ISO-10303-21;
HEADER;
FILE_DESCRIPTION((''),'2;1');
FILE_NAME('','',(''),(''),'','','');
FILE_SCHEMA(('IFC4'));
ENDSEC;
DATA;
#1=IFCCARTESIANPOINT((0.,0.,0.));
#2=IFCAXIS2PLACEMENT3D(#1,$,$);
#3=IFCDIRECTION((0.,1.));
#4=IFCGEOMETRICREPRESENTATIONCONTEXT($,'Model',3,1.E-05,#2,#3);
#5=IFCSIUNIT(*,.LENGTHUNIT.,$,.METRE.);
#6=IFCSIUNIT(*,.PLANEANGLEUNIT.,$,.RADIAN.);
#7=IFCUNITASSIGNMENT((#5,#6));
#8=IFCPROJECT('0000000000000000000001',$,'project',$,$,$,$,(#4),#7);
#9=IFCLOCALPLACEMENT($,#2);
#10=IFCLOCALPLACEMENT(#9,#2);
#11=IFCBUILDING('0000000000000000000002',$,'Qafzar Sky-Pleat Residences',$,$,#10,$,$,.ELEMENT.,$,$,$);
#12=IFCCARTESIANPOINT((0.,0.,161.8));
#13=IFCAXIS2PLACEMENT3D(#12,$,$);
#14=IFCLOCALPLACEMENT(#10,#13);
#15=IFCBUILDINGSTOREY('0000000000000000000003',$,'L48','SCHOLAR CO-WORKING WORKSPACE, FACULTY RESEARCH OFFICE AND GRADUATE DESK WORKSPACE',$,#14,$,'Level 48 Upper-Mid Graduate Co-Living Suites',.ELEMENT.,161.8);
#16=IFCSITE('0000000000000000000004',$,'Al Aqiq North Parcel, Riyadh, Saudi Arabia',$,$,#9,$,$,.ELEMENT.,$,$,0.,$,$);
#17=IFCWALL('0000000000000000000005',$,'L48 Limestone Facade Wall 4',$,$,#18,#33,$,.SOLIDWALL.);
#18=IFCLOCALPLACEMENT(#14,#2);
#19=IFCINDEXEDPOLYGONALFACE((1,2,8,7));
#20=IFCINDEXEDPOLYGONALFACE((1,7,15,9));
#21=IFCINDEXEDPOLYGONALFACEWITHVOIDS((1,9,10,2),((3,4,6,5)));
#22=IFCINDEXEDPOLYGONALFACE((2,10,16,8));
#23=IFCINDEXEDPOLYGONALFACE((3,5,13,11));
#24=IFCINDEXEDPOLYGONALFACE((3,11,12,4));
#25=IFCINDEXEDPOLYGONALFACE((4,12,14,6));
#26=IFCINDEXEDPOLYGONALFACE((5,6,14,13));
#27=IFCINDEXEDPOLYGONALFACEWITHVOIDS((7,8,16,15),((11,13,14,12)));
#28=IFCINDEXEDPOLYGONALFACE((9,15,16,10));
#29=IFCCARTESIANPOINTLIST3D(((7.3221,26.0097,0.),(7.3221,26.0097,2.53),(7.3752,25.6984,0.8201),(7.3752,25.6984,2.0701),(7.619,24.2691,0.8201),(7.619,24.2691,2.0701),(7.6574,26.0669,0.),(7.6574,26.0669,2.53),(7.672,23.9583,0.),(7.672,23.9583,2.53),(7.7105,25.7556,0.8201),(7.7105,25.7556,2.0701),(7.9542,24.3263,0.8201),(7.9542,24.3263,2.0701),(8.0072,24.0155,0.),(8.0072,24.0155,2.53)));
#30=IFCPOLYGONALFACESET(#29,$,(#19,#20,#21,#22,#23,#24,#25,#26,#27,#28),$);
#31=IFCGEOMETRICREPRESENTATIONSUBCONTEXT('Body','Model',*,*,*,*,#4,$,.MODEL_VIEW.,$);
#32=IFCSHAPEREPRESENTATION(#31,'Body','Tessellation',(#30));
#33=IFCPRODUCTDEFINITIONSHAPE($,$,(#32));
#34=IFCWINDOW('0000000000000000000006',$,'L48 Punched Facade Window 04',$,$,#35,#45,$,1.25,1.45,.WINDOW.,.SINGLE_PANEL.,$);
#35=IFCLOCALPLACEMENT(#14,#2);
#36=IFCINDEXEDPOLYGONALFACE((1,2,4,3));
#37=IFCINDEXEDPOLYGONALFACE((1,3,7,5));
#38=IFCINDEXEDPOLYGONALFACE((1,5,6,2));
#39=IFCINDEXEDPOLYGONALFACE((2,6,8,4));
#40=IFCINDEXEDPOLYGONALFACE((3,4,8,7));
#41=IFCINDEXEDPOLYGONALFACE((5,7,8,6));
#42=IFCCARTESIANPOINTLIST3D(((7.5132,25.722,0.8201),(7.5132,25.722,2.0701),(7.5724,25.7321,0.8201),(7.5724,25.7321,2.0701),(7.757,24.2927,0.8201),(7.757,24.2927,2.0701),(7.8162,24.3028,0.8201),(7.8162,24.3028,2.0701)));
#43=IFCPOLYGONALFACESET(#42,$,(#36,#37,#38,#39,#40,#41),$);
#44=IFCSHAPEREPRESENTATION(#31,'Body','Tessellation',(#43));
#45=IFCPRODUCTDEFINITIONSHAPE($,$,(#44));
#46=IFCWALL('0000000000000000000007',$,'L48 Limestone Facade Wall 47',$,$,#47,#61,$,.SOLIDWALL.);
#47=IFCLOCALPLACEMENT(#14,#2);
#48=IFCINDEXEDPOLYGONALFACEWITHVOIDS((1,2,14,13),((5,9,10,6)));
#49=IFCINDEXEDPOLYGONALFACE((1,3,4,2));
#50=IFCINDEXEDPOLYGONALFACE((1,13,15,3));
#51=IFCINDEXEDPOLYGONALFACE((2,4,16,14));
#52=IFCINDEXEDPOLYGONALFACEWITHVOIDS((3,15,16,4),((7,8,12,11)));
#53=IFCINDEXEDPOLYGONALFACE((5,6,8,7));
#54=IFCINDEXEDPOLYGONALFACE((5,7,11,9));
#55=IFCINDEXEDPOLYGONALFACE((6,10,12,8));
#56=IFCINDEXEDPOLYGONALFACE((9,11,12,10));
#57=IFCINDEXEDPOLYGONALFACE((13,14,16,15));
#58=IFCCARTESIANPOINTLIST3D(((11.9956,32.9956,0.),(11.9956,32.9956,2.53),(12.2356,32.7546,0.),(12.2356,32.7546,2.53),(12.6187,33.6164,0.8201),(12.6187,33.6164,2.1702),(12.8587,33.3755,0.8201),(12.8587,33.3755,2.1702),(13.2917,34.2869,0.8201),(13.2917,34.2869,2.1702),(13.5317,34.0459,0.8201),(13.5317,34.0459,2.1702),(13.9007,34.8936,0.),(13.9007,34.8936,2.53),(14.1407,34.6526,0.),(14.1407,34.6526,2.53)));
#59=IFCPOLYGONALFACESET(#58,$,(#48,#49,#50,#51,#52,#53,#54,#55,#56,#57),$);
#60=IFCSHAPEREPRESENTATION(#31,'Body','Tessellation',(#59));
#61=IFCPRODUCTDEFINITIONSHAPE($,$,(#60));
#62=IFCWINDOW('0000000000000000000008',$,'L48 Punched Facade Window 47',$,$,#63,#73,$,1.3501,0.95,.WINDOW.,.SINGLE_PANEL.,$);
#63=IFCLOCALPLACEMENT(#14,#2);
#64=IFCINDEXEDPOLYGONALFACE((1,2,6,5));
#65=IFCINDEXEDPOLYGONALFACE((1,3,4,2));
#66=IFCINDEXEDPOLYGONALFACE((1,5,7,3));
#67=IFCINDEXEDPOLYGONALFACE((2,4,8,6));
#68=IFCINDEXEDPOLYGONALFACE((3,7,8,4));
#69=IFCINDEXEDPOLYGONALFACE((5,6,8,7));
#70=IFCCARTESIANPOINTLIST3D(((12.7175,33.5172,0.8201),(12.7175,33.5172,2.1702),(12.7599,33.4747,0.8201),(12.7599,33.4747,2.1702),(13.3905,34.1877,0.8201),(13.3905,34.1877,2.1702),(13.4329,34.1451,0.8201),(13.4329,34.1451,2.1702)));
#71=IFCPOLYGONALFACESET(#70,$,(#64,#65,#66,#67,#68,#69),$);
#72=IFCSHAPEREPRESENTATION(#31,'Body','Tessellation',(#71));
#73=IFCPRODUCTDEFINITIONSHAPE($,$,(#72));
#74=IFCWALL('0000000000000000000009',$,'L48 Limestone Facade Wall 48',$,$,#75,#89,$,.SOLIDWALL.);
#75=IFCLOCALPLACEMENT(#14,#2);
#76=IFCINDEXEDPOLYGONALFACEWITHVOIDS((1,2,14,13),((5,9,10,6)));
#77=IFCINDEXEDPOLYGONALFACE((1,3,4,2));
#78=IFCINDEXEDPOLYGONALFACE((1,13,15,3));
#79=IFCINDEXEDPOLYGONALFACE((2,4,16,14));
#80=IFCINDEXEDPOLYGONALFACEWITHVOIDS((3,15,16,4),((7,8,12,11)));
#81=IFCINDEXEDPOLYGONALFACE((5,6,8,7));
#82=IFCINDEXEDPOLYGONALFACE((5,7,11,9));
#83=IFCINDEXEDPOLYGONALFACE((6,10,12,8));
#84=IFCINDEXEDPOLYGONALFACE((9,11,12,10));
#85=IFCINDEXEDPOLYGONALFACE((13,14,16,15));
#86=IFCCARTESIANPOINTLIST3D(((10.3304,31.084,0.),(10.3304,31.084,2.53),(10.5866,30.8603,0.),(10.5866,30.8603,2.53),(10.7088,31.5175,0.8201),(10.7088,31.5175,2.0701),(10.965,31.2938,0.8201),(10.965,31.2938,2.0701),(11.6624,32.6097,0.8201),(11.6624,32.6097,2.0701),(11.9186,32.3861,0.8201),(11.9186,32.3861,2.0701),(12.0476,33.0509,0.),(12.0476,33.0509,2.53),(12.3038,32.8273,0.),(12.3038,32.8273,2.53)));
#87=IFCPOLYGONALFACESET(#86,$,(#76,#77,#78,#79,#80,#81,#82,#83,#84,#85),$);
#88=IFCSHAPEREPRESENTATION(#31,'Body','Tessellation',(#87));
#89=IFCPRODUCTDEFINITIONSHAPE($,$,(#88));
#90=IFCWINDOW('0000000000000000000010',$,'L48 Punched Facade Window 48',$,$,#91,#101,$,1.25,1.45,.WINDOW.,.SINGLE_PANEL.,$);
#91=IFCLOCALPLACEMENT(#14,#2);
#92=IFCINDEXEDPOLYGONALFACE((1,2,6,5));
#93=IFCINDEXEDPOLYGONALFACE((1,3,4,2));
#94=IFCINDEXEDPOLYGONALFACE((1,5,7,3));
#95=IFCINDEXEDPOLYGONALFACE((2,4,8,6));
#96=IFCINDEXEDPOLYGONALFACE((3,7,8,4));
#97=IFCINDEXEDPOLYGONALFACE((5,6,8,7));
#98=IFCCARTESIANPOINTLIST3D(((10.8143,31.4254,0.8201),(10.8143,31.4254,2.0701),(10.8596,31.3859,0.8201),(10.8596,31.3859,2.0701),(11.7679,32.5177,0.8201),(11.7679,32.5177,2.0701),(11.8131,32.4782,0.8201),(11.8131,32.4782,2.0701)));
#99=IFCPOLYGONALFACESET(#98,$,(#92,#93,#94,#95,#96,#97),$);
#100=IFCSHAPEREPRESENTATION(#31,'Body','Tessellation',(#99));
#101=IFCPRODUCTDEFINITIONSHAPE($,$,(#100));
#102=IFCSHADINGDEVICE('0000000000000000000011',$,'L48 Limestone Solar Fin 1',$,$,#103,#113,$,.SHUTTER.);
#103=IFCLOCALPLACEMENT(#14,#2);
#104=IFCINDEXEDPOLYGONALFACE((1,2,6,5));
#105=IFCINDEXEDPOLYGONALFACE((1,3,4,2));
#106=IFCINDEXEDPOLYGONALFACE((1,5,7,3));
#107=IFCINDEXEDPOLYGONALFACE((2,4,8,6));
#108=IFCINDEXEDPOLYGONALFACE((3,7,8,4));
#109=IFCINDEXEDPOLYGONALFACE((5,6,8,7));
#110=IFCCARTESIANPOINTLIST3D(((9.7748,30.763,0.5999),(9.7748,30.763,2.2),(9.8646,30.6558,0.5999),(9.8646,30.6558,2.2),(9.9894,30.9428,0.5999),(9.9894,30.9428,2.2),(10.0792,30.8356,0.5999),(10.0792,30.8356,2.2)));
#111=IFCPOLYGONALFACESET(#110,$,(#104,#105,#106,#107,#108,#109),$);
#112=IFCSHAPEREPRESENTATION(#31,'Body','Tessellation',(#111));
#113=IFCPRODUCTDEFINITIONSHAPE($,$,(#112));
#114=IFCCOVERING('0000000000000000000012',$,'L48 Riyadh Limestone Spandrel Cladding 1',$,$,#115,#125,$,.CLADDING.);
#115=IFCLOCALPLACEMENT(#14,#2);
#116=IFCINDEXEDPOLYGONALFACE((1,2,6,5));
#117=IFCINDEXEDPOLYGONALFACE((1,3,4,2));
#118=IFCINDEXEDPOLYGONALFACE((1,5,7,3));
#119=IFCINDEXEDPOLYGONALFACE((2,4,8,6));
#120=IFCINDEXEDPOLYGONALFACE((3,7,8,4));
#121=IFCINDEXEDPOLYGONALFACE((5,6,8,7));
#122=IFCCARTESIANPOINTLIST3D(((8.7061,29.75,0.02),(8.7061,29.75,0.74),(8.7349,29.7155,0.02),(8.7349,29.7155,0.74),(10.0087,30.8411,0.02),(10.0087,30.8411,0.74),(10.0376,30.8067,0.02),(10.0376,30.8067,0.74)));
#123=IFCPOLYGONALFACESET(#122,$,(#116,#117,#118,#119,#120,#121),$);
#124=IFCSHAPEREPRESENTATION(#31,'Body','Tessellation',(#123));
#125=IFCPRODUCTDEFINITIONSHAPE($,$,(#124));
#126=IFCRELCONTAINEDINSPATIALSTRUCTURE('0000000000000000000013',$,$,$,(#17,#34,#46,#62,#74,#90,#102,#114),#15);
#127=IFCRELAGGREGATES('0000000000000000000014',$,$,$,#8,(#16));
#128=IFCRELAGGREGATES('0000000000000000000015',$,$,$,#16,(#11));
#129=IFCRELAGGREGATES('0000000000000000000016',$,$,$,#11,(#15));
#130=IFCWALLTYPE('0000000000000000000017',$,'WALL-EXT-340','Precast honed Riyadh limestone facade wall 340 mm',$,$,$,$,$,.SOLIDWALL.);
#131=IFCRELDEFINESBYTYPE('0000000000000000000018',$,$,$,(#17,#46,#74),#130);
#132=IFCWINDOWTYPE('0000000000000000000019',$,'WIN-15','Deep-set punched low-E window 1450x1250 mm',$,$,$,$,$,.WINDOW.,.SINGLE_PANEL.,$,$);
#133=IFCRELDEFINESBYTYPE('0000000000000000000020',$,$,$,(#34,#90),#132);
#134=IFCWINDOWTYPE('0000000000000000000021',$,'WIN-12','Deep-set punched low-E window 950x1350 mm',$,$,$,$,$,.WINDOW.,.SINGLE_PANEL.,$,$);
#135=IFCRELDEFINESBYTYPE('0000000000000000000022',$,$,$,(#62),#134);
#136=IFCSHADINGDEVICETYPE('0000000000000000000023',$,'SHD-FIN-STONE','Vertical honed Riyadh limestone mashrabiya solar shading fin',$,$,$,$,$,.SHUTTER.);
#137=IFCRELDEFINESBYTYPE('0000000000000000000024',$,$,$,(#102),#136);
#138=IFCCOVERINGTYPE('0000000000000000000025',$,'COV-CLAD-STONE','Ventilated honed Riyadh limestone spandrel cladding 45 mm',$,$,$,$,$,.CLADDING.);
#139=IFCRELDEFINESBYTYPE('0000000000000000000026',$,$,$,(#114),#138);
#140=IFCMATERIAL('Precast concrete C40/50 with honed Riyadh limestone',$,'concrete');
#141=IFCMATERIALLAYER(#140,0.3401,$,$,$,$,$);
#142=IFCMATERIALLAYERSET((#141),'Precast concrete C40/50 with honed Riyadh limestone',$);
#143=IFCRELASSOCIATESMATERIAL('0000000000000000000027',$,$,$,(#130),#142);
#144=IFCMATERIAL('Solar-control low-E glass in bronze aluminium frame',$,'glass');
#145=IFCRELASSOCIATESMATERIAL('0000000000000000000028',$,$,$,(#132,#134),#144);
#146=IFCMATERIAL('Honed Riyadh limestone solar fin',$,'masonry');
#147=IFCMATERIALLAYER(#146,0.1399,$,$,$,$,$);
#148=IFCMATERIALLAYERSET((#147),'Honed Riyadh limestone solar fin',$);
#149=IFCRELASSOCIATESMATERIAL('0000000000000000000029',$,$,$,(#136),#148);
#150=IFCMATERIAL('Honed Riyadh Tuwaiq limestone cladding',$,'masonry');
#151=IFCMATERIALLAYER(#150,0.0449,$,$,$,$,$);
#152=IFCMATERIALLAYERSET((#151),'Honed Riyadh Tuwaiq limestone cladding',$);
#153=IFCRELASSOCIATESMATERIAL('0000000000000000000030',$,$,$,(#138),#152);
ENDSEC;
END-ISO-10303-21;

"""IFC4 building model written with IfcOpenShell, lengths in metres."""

from ifc_helpers import new_model, si_unit, direction, frame, frame_2d, origin, origin_2d, place, context, subcontext, project, spatial, rectangle, extrude, source, transform, mapped, material, layer, layer_set, type_object, element, fill, save


model = new_model("IFC4")

# Units and contexts
model_context = context("Model", 3, precision=1e-05, world=origin(), true_north=direction((0.0, 1.0)))
body_context = subcontext(model_context, "Body", "Model", "MODEL_VIEW")
ifc_project = project(units=[si_unit("LENGTHUNIT", "METRE"), si_unit("PLANEANGLEUNIT", "RADIAN")], contexts=[model_context])

# Site, building, storey
site_placement = place(None, origin())
site = spatial("IfcSite", under=ifc_project, at=site_placement, Name="Al Aqiq North Parcel, Riyadh, Saudi Arabia", CompositionType="ELEMENT", RefElevation=0.0)
building_placement = place(site_placement, origin())
building = spatial("IfcBuilding", under=site, at=building_placement, Name="Qafzar Sky-Pleat Residences", CompositionType="ELEMENT")
storey_placement = place(building_placement, frame((0.0, 0.0, 161.8)))
storey = spatial("IfcBuildingStorey", under=building, at=storey_placement, Name="L48", Description="SCHOLAR CO-WORKING WORKSPACE, FACULTY RESEARCH OFFICE AND GRADUATE DESK WORKSPACE", LongName="Level 48 Upper-Mid Graduate Co-Living Suites", CompositionType="ELEMENT", Elevation=161.8)

# Walls, openings, windows
ifc_material_1 = material(Name="Precast concrete C40/50 with honed Riyadh limestone", Category="concrete")
ifc_layer_1 = layer(ifc_material_1, 0.3401)
ifc_layer_set_1 = layer_set([ifc_layer_1], Name="Precast concrete C40/50 with honed Riyadh limestone")
wall_type_1 = type_object("IfcWallType", Name="WALL-EXT-340", Description="Precast honed Riyadh limestone facade wall 340 mm", PredefinedType="SOLIDWALL", material=ifc_layer_set_1)
ifc_material_2 = material(Name="Solar-control low-E glass in bronze aluminium frame", Category="glass")
window_type_1 = type_object("IfcWindowType", Name="WIN-15", Description="Deep-set punched low-E window 1450x1250 mm", PartitioningType="SINGLE_PANEL", PredefinedType="WINDOW", material=ifc_material_2)
shared_shape_1 = source(origin(), body_context, "Body", "SweptSolid", [
    extrude(rectangle(XDim=1.45, YDim=1.25, at=frame_2d((0.7251, 0.625))), frame((0.0, 0.03, 0.0), z_axis=(0.0, -1.0, 0.0), x_axis=(1.0, 0.0, 0.0)), (0.0, 0.0, 1.0), 0.0601),
])
wall_1_placement = place(storey_placement, frame((7.4897, 26.0383, 0.0), z_axis=(0.0, 0.0, 1.0), x_axis=(0.168107, -0.985769, 0.0)))
wall_1 = element("IfcWall", 1, at=wall_1_placement, inside=storey, type_object=wall_type_1, Name="L48 Limestone Facade Wall 4", PredefinedType="SOLIDWALL", context=body_context, shape_type="SweptSolid", body=[
    extrude(rectangle(XDim=2.0811, YDim=0.3401, at=frame_2d((1.0405, 0.0))), origin(), (0.0, 0.0, 1.0), 2.53),
])
opening_1_placement = place(wall_1_placement, frame((0.3157, 0.0, 0.8201)))
opening_1 = element("IfcOpeningElement", 2, at=opening_1_placement, cuts=wall_1, PredefinedType="OPENING", context=body_context, shape_type="SweptSolid", body=[
    extrude(rectangle(XDim=1.45, YDim=1.25, at=frame_2d((0.7251, 0.625))), frame((0.0, 0.1802, 0.0), z_axis=(0.0, -1.0, 0.0), x_axis=(1.0, 0.0, 0.0)), (0.0, 0.0, 1.0), 0.3601),
])
window_1_placement = place(opening_1_placement, origin())
window_1 = element("IfcWindow", 3, at=window_1_placement, inside=storey, type_object=window_type_1, Name="L48 Punched Facade Window 04", OverallHeight=1.25, OverallWidth=1.45, PartitioningType="SINGLE_PANEL", PredefinedType="WINDOW", context=body_context, shape_type="MappedRepresentation", body=[
    mapped(shared_shape_1, transform((0.0, 0.0, 0.0), x_axis=(1.0, 0.0, 0.0), y_axis=(0.0, 1.0, 0.0), z_axis=(0.0, 0.0, 1.0), scale=1.0)),
])
fill(opening_1, window_1)
wall_2_placement = place(storey_placement, frame((14.0208, 34.7732, 0.0), z_axis=(0.0, 0.0, 1.0), x_axis=(-0.708422, -0.705789, 0.0)))
wall_2 = element("IfcWall", 4, at=wall_2_placement, inside=storey, type_object=wall_type_1, Name="L48 Limestone Facade Wall 47", PredefinedType="SOLIDWALL", context=body_context, shape_type="SweptSolid", body=[
    extrude(rectangle(XDim=2.6892, YDim=0.3401, at=frame_2d((1.3447, 0.0))), origin(), (0.0, 0.0, 1.0), 2.53),
])
opening_2_placement = place(wall_2_placement, frame((0.8596, 0.0, 0.8201)))
opening_2 = element("IfcOpeningElement", 5, at=opening_2_placement, cuts=wall_2, PredefinedType="OPENING", context=body_context, shape_type="SweptSolid", body=[
    extrude(rectangle(XDim=0.95, YDim=1.3501, at=frame_2d((0.4751, 0.675))), frame((0.0, 0.1802, 0.0), z_axis=(0.0, -1.0, 0.0), x_axis=(1.0, 0.0, 0.0)), (0.0, 0.0, 1.0), 0.3601),
])
window_type_2 = type_object("IfcWindowType", Name="WIN-12", Description="Deep-set punched low-E window 950x1350 mm", PartitioningType="SINGLE_PANEL", PredefinedType="WINDOW", material=ifc_material_2)
shared_shape_2 = source(origin(), body_context, "Body", "SweptSolid", [
    extrude(rectangle(XDim=0.95, YDim=1.3501, at=frame_2d((0.4751, 0.675))), frame((0.0, 0.03, 0.0), z_axis=(0.0, -1.0, 0.0), x_axis=(1.0, 0.0, 0.0)), (0.0, 0.0, 1.0), 0.0601),
])
window_2_placement = place(opening_2_placement, origin())
window_2 = element("IfcWindow", 6, at=window_2_placement, inside=storey, type_object=window_type_2, Name="L48 Punched Facade Window 47", OverallHeight=1.3501, OverallWidth=0.95, PartitioningType="SINGLE_PANEL", PredefinedType="WINDOW", context=body_context, shape_type="MappedRepresentation", body=[
    mapped(shared_shape_2, transform((0.0, 0.0, 0.0), x_axis=(1.0, 0.0, 0.0), y_axis=(0.0, 1.0, 0.0), z_axis=(0.0, 0.0, 1.0), scale=1.0)),
])
fill(opening_2, window_2)
wall_3_placement = place(storey_placement, frame((12.1758, 32.9392, 0.0), z_axis=(0.0, 0.0, 1.0), x_axis=(-0.657664, -0.753312, 0.0)))
wall_3 = element("IfcWall", 7, at=wall_3_placement, inside=storey, type_object=wall_type_1, Name="L48 Limestone Facade Wall 48", PredefinedType="SOLIDWALL", context=body_context, shape_type="SweptSolid", body=[
    extrude(rectangle(XDim=2.6111, YDim=0.3401, at=frame_2d((1.3057, 0.0))), origin(), (0.0, 0.0, 1.0), 2.53),
])
opening_3_placement = place(wall_3_placement, frame((0.5857, 0.0, 0.8201)))
opening_3 = element("IfcOpeningElement", 8, at=opening_3_placement, cuts=wall_3, PredefinedType="OPENING", context=body_context, shape_type="SweptSolid", body=[
    extrude(rectangle(XDim=1.45, YDim=1.25, at=frame_2d((0.7251, 0.625))), frame((0.0, 0.1802, 0.0), z_axis=(0.0, -1.0, 0.0), x_axis=(1.0, 0.0, 0.0)), (0.0, 0.0, 1.0), 0.3601),
])
window_3_placement = place(opening_3_placement, origin())
window_3 = element("IfcWindow", 9, at=window_3_placement, inside=storey, type_object=window_type_1, Name="L48 Punched Facade Window 48", OverallHeight=1.25, OverallWidth=1.45, PartitioningType="SINGLE_PANEL", PredefinedType="WINDOW", context=body_context, shape_type="MappedRepresentation", body=[
    mapped(shared_shape_1, transform((0.0, 0.0, 0.0), x_axis=(1.0, 0.0, 0.0), y_axis=(0.0, 1.0, 0.0), z_axis=(0.0, 0.0, 1.0), scale=1.0)),
])
fill(opening_3, window_3)

# Shading device
ifc_material_3 = material(Name="Honed Riyadh limestone solar fin", Category="masonry")
ifc_layer_2 = layer(ifc_material_3, 0.1399)
ifc_layer_set_2 = layer_set([ifc_layer_2], Name="Honed Riyadh limestone solar fin")
shading_device_type = type_object("IfcShadingDeviceType", Name="SHD-FIN-STONE", Description="Vertical honed Riyadh limestone mashrabiya solar shading fin", PredefinedType="SHUTTER", material=ifc_layer_set_2)
shared_shape_3 = source(origin(), body_context, "Body", "SweptSolid", [
    extrude(rectangle(XDim=0.1399, YDim=0.28, at=origin_2d()), origin(), (0.0, 0.0, 1.0), 1.6001),
])
shading_device_placement = place(storey_placement, frame((9.927, 30.7993, 0.5999), z_axis=(0.0, 0.0, 1.0), x_axis=(-0.642174, 0.766559, 0.0)))
element("IfcShadingDevice", 10, at=shading_device_placement, inside=storey, type_object=shading_device_type, Name="L48 Limestone Solar Fin 1", PredefinedType="SHUTTER", context=body_context, shape_type="MappedRepresentation", body=[
    mapped(shared_shape_3, transform((0.0, 0.0, 0.0), x_axis=(1.0, 0.0, 0.0), y_axis=(0.0, 1.0, 0.0), z_axis=(0.0, 0.0, 1.0), scale=1.0)),
])

# Covering
ifc_material_4 = material(Name="Honed Riyadh Tuwaiq limestone cladding", Category="masonry")
ifc_layer_3 = layer(ifc_material_4, 0.0449)
ifc_layer_set_3 = layer_set([ifc_layer_3], Name="Honed Riyadh Tuwaiq limestone cladding")
covering_type = type_object("IfcCoveringType", Name="COV-CLAD-STONE", Description="Ventilated honed Riyadh limestone spandrel cladding 45 mm", PredefinedType="CLADDING", material=ifc_layer_set_3)
shared_shape_4 = source(origin(), body_context, "Body", "SweptSolid", [
    extrude(rectangle(XDim=1.6992, YDim=0.0449, at=origin_2d()), origin(), (0.0, 0.0, 1.0), 0.72),
])
covering_placement = place(storey_placement, frame((9.3718, 30.2783, 0.02), z_axis=(0.0, 0.0, 1.0), x_axis=(-0.766595, -0.642131, 0.0)))
element("IfcCovering", 11, at=covering_placement, inside=storey, type_object=covering_type, Name="L48 Riyadh Limestone Spandrel Cladding 1", PredefinedType="CLADDING", context=body_context, shape_type="MappedRepresentation", body=[
    mapped(shared_shape_4, transform((0.0, 0.0, 0.0), x_axis=(1.0, 0.0, 0.0), y_axis=(0.0, 1.0, 0.0), z_axis=(0.0, 0.0, 1.0), scale=1.0)),
])

save(model, "model.ifc")
